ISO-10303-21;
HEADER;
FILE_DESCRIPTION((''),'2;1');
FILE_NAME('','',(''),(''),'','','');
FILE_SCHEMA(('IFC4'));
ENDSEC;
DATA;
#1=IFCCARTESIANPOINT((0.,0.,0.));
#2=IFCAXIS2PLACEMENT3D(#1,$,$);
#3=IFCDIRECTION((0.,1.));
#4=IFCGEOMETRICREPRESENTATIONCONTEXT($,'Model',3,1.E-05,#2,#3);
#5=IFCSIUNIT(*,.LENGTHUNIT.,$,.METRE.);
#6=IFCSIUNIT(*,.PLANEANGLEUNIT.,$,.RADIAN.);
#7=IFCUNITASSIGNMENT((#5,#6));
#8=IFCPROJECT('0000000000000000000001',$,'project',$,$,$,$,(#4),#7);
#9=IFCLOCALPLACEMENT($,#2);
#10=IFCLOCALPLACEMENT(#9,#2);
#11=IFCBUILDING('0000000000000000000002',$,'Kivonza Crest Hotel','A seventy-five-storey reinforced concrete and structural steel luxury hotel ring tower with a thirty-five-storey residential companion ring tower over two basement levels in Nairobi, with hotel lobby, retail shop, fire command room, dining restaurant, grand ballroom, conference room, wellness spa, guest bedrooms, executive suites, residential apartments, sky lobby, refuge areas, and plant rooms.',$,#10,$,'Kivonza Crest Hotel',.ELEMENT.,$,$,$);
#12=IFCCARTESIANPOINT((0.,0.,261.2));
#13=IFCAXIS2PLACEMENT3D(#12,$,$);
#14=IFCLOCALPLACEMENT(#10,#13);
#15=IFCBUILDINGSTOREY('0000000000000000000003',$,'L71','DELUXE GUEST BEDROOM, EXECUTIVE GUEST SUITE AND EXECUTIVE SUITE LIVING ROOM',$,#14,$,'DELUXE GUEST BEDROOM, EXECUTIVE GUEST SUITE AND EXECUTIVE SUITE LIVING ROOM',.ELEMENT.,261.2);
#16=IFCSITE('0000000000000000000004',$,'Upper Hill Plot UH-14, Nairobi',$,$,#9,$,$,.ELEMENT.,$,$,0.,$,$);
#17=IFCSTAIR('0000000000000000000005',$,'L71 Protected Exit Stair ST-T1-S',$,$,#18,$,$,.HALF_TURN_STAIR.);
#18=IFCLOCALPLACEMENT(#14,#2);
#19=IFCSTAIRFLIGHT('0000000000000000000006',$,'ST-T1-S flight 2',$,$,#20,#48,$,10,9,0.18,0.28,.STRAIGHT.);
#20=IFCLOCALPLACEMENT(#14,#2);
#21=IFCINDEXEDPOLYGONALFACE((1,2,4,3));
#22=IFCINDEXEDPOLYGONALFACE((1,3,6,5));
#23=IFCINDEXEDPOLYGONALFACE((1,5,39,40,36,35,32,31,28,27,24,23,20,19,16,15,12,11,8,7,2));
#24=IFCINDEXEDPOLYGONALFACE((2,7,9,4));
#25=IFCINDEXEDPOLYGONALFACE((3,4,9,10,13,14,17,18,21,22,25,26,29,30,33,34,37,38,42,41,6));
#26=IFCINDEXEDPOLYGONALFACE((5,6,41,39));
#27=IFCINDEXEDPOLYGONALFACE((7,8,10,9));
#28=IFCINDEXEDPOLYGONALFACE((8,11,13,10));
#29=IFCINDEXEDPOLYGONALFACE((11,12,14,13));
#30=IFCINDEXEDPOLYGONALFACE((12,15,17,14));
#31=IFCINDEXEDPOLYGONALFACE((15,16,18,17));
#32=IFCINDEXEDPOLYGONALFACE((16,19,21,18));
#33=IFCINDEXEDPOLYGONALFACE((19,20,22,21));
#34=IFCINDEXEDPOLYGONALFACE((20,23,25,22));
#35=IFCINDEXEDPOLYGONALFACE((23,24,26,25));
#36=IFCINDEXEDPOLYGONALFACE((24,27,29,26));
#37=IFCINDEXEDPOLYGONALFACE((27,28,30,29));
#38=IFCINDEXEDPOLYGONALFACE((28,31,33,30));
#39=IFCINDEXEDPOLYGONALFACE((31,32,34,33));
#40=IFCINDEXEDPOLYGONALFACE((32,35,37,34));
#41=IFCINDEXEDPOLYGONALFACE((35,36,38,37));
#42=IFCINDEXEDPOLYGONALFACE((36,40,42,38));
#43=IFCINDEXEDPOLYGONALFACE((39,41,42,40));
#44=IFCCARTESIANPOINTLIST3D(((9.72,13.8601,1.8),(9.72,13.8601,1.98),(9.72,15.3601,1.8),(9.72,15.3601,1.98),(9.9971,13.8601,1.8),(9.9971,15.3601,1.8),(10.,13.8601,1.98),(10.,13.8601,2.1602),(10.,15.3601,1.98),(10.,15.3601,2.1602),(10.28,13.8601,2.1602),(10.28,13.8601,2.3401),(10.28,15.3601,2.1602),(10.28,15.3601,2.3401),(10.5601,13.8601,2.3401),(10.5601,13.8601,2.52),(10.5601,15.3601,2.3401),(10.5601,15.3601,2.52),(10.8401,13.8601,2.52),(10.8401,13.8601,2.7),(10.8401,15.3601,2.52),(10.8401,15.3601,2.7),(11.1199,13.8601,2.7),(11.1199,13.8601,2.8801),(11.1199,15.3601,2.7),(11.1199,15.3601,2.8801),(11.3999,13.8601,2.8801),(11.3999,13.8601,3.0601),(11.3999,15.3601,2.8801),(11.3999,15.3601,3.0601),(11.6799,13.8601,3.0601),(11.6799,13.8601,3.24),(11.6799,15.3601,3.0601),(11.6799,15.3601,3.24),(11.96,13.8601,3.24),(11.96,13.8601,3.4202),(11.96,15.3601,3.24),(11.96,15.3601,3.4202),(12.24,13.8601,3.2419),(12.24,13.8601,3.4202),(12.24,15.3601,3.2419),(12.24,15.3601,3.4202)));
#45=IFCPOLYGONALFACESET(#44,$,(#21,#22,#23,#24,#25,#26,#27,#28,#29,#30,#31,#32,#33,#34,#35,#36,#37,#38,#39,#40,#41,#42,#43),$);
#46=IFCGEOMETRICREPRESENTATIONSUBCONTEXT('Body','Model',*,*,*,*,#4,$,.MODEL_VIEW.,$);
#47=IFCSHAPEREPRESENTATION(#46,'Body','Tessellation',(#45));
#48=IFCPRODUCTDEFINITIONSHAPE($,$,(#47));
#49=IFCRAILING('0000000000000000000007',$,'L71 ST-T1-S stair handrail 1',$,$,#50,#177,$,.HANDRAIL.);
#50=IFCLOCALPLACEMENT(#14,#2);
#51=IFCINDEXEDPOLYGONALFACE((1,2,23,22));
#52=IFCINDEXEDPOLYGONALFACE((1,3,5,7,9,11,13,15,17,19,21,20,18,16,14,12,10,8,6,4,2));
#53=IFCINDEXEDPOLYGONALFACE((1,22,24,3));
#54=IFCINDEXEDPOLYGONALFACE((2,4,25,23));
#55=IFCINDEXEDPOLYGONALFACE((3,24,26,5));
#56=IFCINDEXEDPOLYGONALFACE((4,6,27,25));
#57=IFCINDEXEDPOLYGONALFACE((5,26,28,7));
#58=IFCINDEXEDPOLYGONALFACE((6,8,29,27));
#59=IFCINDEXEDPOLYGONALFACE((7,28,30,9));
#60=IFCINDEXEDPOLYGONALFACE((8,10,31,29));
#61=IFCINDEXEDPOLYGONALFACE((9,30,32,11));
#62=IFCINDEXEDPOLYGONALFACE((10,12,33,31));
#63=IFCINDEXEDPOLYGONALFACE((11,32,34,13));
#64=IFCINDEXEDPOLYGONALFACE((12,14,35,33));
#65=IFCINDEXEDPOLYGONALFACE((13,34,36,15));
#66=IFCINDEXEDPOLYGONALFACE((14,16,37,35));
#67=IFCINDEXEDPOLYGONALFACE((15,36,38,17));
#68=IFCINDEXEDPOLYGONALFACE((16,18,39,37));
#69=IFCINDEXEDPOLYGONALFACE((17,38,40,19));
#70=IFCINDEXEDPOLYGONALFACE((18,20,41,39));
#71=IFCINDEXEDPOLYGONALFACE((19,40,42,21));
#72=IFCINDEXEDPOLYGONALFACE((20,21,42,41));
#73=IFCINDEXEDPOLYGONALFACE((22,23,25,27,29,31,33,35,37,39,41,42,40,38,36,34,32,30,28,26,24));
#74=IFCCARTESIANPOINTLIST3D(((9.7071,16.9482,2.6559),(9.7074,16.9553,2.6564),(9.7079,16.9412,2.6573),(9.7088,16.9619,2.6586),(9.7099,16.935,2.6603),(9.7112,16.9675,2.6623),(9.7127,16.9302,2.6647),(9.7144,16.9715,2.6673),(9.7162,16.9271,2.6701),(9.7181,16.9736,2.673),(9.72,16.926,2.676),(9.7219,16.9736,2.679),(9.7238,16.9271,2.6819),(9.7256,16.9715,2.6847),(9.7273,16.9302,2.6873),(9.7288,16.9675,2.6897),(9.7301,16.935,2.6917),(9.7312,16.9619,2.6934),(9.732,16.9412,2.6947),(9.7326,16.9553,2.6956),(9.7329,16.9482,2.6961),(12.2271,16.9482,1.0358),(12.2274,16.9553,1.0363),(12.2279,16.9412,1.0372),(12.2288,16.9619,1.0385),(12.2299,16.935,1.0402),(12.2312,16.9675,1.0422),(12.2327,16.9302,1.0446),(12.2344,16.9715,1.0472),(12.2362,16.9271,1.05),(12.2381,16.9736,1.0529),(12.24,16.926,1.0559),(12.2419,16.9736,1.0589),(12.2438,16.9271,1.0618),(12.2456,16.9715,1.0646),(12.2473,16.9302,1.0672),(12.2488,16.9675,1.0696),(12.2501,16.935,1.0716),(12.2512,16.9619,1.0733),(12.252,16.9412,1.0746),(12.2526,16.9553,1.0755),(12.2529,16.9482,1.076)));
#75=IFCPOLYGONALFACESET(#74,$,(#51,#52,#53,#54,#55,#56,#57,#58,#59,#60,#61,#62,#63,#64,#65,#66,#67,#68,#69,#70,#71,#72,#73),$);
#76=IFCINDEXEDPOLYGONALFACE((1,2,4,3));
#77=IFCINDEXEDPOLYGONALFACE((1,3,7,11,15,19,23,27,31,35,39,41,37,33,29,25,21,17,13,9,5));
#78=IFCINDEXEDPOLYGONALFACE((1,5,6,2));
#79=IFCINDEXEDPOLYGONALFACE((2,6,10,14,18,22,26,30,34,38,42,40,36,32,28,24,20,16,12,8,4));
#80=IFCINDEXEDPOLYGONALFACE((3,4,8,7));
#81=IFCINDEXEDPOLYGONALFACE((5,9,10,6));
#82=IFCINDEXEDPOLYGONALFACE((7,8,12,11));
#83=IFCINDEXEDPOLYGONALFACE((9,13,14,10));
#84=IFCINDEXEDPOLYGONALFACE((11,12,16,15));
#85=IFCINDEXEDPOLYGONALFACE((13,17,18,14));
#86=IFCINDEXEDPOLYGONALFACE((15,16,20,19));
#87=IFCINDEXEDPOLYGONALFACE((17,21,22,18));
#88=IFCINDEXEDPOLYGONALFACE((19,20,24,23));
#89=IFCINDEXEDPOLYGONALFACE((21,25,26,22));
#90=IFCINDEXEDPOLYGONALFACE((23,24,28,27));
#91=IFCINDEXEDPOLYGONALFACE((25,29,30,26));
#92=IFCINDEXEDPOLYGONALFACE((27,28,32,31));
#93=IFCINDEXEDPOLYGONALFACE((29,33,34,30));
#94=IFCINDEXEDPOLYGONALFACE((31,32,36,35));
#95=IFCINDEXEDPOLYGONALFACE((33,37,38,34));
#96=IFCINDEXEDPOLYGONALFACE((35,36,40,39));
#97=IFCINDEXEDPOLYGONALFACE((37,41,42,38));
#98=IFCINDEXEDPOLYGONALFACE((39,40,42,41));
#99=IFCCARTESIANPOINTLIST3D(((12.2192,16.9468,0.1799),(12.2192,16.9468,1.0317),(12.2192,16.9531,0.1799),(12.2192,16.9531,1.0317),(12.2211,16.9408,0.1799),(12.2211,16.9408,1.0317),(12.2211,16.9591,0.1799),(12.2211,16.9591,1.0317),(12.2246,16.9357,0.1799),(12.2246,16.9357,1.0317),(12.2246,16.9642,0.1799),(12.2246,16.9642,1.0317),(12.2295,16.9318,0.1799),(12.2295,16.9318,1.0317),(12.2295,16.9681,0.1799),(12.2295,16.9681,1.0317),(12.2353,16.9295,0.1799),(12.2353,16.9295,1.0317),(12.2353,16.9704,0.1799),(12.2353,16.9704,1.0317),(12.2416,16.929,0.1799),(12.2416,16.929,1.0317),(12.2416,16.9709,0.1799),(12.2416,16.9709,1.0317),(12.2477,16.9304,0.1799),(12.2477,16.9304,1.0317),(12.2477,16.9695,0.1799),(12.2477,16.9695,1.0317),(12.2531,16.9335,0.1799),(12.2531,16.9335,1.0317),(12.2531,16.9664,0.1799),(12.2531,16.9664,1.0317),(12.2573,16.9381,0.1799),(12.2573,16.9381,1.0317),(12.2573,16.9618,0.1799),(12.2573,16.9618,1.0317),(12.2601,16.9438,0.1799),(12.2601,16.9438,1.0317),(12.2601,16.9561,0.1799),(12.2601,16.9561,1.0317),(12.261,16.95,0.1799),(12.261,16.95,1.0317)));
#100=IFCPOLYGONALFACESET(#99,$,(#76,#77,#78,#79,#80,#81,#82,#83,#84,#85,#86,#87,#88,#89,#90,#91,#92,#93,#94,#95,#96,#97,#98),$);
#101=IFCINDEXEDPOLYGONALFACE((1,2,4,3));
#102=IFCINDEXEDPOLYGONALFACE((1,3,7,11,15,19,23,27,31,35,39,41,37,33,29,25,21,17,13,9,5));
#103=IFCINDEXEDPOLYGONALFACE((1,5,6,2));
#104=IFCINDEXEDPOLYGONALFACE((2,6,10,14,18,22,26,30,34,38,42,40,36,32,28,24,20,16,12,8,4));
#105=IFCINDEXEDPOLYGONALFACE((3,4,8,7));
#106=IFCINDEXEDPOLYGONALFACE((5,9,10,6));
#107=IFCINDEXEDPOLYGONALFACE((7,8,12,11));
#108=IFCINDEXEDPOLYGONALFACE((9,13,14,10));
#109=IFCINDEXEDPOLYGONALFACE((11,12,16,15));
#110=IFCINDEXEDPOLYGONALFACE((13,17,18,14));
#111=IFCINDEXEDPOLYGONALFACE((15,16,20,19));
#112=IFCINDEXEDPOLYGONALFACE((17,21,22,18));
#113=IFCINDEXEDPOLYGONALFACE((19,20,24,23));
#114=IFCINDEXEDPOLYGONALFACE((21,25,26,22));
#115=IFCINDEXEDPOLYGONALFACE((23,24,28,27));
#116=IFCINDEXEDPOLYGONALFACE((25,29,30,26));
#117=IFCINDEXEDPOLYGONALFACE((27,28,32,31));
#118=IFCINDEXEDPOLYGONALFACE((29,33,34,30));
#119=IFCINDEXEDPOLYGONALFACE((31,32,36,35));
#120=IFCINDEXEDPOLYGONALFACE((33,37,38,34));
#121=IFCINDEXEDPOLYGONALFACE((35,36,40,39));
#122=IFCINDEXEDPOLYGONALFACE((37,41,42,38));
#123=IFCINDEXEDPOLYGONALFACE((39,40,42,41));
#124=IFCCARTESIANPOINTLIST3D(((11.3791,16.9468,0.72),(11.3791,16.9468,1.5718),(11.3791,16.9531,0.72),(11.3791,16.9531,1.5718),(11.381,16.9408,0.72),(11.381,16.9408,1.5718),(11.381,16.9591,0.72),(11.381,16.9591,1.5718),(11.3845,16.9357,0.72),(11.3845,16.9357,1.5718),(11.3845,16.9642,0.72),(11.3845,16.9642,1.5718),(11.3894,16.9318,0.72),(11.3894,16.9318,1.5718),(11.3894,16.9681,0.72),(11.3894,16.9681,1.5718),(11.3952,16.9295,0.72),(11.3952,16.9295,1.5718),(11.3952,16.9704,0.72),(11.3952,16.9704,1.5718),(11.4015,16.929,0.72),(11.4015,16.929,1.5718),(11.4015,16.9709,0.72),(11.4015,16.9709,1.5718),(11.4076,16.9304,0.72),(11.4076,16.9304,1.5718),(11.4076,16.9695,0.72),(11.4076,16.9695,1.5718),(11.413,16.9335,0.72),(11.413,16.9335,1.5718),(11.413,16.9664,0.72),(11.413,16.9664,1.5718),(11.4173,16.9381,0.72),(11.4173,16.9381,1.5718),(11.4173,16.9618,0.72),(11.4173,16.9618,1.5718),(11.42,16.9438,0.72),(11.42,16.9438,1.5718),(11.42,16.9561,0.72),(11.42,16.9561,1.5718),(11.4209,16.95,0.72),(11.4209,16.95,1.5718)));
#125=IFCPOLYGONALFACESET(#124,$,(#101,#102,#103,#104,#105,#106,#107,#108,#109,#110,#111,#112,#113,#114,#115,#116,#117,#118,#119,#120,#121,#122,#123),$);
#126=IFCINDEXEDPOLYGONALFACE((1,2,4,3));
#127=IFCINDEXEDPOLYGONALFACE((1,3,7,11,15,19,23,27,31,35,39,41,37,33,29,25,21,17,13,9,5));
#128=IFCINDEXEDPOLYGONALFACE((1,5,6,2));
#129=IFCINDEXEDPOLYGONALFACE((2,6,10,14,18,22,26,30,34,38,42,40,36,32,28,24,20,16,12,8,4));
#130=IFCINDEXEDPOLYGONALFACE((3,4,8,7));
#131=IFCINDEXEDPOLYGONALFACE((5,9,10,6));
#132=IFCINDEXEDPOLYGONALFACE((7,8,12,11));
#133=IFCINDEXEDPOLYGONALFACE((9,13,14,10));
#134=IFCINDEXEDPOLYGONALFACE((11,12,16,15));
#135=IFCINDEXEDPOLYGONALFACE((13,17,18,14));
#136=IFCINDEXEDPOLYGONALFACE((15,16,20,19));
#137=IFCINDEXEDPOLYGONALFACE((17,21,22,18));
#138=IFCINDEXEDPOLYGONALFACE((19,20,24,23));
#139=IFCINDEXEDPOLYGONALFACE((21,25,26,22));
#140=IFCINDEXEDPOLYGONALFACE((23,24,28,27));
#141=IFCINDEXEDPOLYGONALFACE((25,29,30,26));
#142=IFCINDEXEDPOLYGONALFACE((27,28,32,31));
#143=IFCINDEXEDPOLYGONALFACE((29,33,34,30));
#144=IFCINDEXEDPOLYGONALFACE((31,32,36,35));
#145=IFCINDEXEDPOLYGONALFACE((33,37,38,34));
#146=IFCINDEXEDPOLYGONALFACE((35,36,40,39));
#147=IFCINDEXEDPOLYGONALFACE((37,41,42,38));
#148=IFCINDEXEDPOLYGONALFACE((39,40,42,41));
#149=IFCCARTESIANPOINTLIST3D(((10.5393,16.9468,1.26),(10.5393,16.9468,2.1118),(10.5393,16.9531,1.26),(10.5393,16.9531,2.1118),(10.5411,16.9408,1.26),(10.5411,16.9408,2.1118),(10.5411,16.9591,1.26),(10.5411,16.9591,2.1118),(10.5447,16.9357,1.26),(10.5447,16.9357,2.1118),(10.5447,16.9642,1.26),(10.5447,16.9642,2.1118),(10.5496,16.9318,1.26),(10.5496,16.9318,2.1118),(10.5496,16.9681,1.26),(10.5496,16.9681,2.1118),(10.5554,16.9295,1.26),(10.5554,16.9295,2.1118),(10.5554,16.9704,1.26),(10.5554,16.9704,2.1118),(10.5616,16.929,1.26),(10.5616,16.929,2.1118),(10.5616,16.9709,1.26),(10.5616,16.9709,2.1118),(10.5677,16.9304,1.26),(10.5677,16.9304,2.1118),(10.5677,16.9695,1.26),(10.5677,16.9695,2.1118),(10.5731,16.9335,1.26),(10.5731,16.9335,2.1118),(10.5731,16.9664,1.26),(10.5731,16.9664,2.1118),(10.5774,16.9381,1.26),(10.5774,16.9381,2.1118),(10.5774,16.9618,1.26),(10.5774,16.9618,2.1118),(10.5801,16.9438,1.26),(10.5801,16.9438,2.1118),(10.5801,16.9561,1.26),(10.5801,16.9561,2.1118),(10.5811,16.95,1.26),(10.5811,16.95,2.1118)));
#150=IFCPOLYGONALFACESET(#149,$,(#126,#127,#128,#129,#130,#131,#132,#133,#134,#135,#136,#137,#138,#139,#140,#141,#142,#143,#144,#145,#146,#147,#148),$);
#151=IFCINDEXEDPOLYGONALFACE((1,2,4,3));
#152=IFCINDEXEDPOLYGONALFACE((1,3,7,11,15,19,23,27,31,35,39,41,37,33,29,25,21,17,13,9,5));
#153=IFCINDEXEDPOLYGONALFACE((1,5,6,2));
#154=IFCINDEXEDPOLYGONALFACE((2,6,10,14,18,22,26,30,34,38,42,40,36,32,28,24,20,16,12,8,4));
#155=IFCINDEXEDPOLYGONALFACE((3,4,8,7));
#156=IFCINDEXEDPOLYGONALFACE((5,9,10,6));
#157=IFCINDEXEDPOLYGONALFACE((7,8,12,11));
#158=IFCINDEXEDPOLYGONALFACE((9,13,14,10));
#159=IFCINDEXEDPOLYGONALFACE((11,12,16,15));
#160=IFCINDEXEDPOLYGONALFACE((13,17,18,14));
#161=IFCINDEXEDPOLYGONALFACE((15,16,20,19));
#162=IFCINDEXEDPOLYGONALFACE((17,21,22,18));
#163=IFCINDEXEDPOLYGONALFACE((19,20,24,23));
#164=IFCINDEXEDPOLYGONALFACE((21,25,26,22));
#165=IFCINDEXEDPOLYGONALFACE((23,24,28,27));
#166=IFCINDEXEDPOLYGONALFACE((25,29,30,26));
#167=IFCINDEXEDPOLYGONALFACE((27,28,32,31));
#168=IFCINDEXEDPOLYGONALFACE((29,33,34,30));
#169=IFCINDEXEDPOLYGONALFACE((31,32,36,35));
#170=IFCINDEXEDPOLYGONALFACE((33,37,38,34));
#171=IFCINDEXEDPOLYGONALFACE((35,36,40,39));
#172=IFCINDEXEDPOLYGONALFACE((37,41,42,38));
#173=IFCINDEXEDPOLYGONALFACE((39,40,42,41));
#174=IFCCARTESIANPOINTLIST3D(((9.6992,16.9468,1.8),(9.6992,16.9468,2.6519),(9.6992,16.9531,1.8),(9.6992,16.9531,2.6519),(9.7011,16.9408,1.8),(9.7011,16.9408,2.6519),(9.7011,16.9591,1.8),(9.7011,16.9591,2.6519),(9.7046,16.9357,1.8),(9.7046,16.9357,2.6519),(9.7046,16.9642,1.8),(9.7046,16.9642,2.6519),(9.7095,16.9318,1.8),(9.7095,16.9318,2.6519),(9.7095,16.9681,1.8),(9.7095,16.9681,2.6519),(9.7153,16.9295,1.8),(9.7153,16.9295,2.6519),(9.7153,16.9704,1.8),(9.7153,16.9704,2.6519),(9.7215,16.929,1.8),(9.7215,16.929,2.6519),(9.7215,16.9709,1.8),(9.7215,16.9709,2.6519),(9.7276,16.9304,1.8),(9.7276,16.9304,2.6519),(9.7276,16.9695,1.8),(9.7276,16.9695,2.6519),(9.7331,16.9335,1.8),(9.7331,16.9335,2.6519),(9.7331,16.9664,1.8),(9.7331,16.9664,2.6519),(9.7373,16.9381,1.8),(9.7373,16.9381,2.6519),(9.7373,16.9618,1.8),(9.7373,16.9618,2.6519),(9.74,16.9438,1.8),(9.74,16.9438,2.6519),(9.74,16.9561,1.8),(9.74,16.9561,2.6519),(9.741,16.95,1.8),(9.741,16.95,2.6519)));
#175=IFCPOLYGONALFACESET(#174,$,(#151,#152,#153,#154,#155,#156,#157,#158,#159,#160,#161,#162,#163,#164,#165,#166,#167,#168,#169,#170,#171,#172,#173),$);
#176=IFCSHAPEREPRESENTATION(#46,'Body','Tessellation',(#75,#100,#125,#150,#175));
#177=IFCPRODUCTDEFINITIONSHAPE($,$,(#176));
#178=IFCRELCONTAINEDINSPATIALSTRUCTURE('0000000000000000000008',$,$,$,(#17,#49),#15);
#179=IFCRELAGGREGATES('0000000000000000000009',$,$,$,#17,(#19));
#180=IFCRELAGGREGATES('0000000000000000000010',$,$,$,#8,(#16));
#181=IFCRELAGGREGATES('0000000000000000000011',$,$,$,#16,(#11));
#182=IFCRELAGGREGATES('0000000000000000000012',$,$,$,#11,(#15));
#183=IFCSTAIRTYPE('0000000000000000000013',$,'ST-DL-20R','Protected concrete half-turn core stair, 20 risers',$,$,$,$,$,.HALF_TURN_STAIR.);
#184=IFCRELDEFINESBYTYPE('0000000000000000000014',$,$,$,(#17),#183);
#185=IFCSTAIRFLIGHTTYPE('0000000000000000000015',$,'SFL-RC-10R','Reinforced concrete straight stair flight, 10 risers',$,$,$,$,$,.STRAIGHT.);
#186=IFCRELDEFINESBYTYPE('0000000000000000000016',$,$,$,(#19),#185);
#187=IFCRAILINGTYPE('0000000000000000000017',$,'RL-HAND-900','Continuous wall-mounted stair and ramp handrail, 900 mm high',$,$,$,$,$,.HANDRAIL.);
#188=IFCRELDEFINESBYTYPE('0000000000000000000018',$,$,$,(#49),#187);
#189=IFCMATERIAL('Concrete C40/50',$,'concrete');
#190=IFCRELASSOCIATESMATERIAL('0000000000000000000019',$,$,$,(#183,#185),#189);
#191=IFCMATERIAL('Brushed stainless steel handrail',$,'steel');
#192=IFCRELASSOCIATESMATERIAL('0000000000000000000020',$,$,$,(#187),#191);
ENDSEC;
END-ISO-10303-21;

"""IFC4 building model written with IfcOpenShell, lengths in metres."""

from ifc_helpers import new_model, si_unit, direction, frame, origin, origin_2d, place, context, subcontext, project, spatial, polyline, circle, outline, extrude, material, type_object, element, aggregate, save


model = new_model("IFC4")

# Units and contexts
model_context = context("Model", 3, precision=1e-05, world=origin(), true_north=direction((0.0, 1.0)))
body_context = subcontext(model_context, "Body", "Model", "MODEL_VIEW")
ifc_project = project(units=[si_unit("LENGTHUNIT", "METRE"), si_unit("PLANEANGLEUNIT", "RADIAN")], contexts=[model_context])

# Site, building, storey
site_placement = place(None, origin())
site = spatial("IfcSite", under=ifc_project, at=site_placement, Name="Upper Hill Plot UH-14, Nairobi", CompositionType="ELEMENT", RefElevation=0.0)
building_placement = place(site_placement, origin())
building = spatial("IfcBuilding", under=site, at=building_placement, Name="Kivonza Crest Hotel", Description="A seventy-five-storey reinforced concrete and structural steel luxury hotel ring tower with a thirty-five-storey residential companion ring tower over two basement levels in Nairobi, with hotel lobby, retail shop, fire command room, dining restaurant, grand ballroom, conference room, wellness spa, guest bedrooms, executive suites, residential apartments, sky lobby, refuge areas, and plant rooms.", LongName="Kivonza Crest Hotel", CompositionType="ELEMENT")
storey_placement = place(building_placement, frame((0.0, 0.0, 261.2)))
storey = spatial("IfcBuildingStorey", under=building, at=storey_placement, Name="L71", Description="DELUXE GUEST BEDROOM, EXECUTIVE GUEST SUITE AND EXECUTIVE SUITE LIVING ROOM", LongName="DELUXE GUEST BEDROOM, EXECUTIVE GUEST SUITE AND EXECUTIVE SUITE LIVING ROOM", CompositionType="ELEMENT", Elevation=261.2)

# Stair, stair flight
ifc_material_1 = material(Name="Concrete C40/50", Category="concrete")
stair_type = type_object("IfcStairType", Name="ST-DL-20R", Description="Protected concrete half-turn core stair, 20 risers", PredefinedType="HALF_TURN_STAIR", material=ifc_material_1)
stair_placement = place(storey_placement, origin())
stair = element("IfcStair", 1, at=stair_placement, inside=storey, type_object=stair_type, Name="L71 Protected Exit Stair ST-T1-S", PredefinedType="HALF_TURN_STAIR")
stair_flight_type = type_object("IfcStairFlightType", Name="SFL-RC-10R", Description="Reinforced concrete straight stair flight, 10 risers", PredefinedType="STRAIGHT", material=ifc_material_1)
stair_flight_1_placement = place(storey_placement, frame((9.72, 14.6101, 1.8), z_axis=(0.0, 0.0, 1.0), x_axis=(1.0, 0.0, 0.0)))
stair_flight_1 = element("IfcStairFlight", 2, at=stair_flight_1_placement, type_object=stair_flight_type, Name="ST-T1-S flight 2", NumberOfRisers=10, NumberOfTreads=9, PredefinedType="STRAIGHT", RiserHeight=0.18, TreadLength=0.28, context=body_context, shape_type="SweptSolid", body=[
    extrude(outline(polyline([(0.0, 0.0), (0.0, 0.1799), (0.28, 0.1799), (0.28, 0.3601), (0.5601, 0.3601), (0.5601, 0.54), (0.8401, 0.54), (0.8401, 0.72), (1.1201, 0.72), (1.1201, 0.8999), (1.3999, 0.8999), (1.3999, 1.0801), (1.6799, 1.0801), (1.6799, 1.26), (1.96, 1.26), (1.96, 1.4399), (2.24, 1.4399), (2.24, 1.6201), (2.52, 1.6201), (2.52, 1.8), (2.52, 1.4419), (0.2771, 0.0), (0.0, 0.0)])), frame((0.0, 0.75, 0.0), z_axis=(0.0, -1.0, 0.0), x_axis=(1.0, 0.0, 0.0)), (0.0, 0.0, 1.0), 1.5),
])
aggregate(stair, [stair_flight_1])

# Railing
ifc_material_2 = material(Name="Brushed stainless steel handrail", Category="steel")
railing_type_1 = type_object("IfcRailingType", Name="RL-HAND-900", Description="Continuous wall-mounted stair and ramp handrail, 900 mm high", PredefinedType="HANDRAIL", material=ifc_material_2)
railing_1_placement = place(storey_placement, frame((12.24, 16.95, 0.1799)))
element("IfcRailing", 3, at=railing_1_placement, inside=storey, type_object=railing_type_1, Name="L71 ST-T1-S stair handrail 1", PredefinedType="HANDRAIL", context=body_context, shape_type="SweptSolid", body=[
    extrude(circle(Radius=0.0239, at=origin_2d()), frame((0.0, 0.0, 0.876), z_axis=(-0.841163, 0.0, 0.540782), x_axis=(0.0, -1.0, 0.0)), (0.0, 0.0, 1.0), 2.9958),
    extrude(circle(Radius=0.021, at=origin_2d()), origin(), (0.0, 0.0, 1.0), 0.8518),
    extrude(circle(Radius=0.021, at=origin_2d()), frame((-0.8401, 0.0, 0.54)), (0.0, 0.0, 1.0), 0.8518),
    extrude(circle(Radius=0.021, at=origin_2d()), frame((-1.6799, 0.0, 1.0801)), (0.0, 0.0, 1.0), 0.8518),
    extrude(circle(Radius=0.021, at=origin_2d()), frame((-2.52, 0.0, 1.6201)), (0.0, 0.0, 1.0), 0.8518),
])

save(model, "model.ifc")
